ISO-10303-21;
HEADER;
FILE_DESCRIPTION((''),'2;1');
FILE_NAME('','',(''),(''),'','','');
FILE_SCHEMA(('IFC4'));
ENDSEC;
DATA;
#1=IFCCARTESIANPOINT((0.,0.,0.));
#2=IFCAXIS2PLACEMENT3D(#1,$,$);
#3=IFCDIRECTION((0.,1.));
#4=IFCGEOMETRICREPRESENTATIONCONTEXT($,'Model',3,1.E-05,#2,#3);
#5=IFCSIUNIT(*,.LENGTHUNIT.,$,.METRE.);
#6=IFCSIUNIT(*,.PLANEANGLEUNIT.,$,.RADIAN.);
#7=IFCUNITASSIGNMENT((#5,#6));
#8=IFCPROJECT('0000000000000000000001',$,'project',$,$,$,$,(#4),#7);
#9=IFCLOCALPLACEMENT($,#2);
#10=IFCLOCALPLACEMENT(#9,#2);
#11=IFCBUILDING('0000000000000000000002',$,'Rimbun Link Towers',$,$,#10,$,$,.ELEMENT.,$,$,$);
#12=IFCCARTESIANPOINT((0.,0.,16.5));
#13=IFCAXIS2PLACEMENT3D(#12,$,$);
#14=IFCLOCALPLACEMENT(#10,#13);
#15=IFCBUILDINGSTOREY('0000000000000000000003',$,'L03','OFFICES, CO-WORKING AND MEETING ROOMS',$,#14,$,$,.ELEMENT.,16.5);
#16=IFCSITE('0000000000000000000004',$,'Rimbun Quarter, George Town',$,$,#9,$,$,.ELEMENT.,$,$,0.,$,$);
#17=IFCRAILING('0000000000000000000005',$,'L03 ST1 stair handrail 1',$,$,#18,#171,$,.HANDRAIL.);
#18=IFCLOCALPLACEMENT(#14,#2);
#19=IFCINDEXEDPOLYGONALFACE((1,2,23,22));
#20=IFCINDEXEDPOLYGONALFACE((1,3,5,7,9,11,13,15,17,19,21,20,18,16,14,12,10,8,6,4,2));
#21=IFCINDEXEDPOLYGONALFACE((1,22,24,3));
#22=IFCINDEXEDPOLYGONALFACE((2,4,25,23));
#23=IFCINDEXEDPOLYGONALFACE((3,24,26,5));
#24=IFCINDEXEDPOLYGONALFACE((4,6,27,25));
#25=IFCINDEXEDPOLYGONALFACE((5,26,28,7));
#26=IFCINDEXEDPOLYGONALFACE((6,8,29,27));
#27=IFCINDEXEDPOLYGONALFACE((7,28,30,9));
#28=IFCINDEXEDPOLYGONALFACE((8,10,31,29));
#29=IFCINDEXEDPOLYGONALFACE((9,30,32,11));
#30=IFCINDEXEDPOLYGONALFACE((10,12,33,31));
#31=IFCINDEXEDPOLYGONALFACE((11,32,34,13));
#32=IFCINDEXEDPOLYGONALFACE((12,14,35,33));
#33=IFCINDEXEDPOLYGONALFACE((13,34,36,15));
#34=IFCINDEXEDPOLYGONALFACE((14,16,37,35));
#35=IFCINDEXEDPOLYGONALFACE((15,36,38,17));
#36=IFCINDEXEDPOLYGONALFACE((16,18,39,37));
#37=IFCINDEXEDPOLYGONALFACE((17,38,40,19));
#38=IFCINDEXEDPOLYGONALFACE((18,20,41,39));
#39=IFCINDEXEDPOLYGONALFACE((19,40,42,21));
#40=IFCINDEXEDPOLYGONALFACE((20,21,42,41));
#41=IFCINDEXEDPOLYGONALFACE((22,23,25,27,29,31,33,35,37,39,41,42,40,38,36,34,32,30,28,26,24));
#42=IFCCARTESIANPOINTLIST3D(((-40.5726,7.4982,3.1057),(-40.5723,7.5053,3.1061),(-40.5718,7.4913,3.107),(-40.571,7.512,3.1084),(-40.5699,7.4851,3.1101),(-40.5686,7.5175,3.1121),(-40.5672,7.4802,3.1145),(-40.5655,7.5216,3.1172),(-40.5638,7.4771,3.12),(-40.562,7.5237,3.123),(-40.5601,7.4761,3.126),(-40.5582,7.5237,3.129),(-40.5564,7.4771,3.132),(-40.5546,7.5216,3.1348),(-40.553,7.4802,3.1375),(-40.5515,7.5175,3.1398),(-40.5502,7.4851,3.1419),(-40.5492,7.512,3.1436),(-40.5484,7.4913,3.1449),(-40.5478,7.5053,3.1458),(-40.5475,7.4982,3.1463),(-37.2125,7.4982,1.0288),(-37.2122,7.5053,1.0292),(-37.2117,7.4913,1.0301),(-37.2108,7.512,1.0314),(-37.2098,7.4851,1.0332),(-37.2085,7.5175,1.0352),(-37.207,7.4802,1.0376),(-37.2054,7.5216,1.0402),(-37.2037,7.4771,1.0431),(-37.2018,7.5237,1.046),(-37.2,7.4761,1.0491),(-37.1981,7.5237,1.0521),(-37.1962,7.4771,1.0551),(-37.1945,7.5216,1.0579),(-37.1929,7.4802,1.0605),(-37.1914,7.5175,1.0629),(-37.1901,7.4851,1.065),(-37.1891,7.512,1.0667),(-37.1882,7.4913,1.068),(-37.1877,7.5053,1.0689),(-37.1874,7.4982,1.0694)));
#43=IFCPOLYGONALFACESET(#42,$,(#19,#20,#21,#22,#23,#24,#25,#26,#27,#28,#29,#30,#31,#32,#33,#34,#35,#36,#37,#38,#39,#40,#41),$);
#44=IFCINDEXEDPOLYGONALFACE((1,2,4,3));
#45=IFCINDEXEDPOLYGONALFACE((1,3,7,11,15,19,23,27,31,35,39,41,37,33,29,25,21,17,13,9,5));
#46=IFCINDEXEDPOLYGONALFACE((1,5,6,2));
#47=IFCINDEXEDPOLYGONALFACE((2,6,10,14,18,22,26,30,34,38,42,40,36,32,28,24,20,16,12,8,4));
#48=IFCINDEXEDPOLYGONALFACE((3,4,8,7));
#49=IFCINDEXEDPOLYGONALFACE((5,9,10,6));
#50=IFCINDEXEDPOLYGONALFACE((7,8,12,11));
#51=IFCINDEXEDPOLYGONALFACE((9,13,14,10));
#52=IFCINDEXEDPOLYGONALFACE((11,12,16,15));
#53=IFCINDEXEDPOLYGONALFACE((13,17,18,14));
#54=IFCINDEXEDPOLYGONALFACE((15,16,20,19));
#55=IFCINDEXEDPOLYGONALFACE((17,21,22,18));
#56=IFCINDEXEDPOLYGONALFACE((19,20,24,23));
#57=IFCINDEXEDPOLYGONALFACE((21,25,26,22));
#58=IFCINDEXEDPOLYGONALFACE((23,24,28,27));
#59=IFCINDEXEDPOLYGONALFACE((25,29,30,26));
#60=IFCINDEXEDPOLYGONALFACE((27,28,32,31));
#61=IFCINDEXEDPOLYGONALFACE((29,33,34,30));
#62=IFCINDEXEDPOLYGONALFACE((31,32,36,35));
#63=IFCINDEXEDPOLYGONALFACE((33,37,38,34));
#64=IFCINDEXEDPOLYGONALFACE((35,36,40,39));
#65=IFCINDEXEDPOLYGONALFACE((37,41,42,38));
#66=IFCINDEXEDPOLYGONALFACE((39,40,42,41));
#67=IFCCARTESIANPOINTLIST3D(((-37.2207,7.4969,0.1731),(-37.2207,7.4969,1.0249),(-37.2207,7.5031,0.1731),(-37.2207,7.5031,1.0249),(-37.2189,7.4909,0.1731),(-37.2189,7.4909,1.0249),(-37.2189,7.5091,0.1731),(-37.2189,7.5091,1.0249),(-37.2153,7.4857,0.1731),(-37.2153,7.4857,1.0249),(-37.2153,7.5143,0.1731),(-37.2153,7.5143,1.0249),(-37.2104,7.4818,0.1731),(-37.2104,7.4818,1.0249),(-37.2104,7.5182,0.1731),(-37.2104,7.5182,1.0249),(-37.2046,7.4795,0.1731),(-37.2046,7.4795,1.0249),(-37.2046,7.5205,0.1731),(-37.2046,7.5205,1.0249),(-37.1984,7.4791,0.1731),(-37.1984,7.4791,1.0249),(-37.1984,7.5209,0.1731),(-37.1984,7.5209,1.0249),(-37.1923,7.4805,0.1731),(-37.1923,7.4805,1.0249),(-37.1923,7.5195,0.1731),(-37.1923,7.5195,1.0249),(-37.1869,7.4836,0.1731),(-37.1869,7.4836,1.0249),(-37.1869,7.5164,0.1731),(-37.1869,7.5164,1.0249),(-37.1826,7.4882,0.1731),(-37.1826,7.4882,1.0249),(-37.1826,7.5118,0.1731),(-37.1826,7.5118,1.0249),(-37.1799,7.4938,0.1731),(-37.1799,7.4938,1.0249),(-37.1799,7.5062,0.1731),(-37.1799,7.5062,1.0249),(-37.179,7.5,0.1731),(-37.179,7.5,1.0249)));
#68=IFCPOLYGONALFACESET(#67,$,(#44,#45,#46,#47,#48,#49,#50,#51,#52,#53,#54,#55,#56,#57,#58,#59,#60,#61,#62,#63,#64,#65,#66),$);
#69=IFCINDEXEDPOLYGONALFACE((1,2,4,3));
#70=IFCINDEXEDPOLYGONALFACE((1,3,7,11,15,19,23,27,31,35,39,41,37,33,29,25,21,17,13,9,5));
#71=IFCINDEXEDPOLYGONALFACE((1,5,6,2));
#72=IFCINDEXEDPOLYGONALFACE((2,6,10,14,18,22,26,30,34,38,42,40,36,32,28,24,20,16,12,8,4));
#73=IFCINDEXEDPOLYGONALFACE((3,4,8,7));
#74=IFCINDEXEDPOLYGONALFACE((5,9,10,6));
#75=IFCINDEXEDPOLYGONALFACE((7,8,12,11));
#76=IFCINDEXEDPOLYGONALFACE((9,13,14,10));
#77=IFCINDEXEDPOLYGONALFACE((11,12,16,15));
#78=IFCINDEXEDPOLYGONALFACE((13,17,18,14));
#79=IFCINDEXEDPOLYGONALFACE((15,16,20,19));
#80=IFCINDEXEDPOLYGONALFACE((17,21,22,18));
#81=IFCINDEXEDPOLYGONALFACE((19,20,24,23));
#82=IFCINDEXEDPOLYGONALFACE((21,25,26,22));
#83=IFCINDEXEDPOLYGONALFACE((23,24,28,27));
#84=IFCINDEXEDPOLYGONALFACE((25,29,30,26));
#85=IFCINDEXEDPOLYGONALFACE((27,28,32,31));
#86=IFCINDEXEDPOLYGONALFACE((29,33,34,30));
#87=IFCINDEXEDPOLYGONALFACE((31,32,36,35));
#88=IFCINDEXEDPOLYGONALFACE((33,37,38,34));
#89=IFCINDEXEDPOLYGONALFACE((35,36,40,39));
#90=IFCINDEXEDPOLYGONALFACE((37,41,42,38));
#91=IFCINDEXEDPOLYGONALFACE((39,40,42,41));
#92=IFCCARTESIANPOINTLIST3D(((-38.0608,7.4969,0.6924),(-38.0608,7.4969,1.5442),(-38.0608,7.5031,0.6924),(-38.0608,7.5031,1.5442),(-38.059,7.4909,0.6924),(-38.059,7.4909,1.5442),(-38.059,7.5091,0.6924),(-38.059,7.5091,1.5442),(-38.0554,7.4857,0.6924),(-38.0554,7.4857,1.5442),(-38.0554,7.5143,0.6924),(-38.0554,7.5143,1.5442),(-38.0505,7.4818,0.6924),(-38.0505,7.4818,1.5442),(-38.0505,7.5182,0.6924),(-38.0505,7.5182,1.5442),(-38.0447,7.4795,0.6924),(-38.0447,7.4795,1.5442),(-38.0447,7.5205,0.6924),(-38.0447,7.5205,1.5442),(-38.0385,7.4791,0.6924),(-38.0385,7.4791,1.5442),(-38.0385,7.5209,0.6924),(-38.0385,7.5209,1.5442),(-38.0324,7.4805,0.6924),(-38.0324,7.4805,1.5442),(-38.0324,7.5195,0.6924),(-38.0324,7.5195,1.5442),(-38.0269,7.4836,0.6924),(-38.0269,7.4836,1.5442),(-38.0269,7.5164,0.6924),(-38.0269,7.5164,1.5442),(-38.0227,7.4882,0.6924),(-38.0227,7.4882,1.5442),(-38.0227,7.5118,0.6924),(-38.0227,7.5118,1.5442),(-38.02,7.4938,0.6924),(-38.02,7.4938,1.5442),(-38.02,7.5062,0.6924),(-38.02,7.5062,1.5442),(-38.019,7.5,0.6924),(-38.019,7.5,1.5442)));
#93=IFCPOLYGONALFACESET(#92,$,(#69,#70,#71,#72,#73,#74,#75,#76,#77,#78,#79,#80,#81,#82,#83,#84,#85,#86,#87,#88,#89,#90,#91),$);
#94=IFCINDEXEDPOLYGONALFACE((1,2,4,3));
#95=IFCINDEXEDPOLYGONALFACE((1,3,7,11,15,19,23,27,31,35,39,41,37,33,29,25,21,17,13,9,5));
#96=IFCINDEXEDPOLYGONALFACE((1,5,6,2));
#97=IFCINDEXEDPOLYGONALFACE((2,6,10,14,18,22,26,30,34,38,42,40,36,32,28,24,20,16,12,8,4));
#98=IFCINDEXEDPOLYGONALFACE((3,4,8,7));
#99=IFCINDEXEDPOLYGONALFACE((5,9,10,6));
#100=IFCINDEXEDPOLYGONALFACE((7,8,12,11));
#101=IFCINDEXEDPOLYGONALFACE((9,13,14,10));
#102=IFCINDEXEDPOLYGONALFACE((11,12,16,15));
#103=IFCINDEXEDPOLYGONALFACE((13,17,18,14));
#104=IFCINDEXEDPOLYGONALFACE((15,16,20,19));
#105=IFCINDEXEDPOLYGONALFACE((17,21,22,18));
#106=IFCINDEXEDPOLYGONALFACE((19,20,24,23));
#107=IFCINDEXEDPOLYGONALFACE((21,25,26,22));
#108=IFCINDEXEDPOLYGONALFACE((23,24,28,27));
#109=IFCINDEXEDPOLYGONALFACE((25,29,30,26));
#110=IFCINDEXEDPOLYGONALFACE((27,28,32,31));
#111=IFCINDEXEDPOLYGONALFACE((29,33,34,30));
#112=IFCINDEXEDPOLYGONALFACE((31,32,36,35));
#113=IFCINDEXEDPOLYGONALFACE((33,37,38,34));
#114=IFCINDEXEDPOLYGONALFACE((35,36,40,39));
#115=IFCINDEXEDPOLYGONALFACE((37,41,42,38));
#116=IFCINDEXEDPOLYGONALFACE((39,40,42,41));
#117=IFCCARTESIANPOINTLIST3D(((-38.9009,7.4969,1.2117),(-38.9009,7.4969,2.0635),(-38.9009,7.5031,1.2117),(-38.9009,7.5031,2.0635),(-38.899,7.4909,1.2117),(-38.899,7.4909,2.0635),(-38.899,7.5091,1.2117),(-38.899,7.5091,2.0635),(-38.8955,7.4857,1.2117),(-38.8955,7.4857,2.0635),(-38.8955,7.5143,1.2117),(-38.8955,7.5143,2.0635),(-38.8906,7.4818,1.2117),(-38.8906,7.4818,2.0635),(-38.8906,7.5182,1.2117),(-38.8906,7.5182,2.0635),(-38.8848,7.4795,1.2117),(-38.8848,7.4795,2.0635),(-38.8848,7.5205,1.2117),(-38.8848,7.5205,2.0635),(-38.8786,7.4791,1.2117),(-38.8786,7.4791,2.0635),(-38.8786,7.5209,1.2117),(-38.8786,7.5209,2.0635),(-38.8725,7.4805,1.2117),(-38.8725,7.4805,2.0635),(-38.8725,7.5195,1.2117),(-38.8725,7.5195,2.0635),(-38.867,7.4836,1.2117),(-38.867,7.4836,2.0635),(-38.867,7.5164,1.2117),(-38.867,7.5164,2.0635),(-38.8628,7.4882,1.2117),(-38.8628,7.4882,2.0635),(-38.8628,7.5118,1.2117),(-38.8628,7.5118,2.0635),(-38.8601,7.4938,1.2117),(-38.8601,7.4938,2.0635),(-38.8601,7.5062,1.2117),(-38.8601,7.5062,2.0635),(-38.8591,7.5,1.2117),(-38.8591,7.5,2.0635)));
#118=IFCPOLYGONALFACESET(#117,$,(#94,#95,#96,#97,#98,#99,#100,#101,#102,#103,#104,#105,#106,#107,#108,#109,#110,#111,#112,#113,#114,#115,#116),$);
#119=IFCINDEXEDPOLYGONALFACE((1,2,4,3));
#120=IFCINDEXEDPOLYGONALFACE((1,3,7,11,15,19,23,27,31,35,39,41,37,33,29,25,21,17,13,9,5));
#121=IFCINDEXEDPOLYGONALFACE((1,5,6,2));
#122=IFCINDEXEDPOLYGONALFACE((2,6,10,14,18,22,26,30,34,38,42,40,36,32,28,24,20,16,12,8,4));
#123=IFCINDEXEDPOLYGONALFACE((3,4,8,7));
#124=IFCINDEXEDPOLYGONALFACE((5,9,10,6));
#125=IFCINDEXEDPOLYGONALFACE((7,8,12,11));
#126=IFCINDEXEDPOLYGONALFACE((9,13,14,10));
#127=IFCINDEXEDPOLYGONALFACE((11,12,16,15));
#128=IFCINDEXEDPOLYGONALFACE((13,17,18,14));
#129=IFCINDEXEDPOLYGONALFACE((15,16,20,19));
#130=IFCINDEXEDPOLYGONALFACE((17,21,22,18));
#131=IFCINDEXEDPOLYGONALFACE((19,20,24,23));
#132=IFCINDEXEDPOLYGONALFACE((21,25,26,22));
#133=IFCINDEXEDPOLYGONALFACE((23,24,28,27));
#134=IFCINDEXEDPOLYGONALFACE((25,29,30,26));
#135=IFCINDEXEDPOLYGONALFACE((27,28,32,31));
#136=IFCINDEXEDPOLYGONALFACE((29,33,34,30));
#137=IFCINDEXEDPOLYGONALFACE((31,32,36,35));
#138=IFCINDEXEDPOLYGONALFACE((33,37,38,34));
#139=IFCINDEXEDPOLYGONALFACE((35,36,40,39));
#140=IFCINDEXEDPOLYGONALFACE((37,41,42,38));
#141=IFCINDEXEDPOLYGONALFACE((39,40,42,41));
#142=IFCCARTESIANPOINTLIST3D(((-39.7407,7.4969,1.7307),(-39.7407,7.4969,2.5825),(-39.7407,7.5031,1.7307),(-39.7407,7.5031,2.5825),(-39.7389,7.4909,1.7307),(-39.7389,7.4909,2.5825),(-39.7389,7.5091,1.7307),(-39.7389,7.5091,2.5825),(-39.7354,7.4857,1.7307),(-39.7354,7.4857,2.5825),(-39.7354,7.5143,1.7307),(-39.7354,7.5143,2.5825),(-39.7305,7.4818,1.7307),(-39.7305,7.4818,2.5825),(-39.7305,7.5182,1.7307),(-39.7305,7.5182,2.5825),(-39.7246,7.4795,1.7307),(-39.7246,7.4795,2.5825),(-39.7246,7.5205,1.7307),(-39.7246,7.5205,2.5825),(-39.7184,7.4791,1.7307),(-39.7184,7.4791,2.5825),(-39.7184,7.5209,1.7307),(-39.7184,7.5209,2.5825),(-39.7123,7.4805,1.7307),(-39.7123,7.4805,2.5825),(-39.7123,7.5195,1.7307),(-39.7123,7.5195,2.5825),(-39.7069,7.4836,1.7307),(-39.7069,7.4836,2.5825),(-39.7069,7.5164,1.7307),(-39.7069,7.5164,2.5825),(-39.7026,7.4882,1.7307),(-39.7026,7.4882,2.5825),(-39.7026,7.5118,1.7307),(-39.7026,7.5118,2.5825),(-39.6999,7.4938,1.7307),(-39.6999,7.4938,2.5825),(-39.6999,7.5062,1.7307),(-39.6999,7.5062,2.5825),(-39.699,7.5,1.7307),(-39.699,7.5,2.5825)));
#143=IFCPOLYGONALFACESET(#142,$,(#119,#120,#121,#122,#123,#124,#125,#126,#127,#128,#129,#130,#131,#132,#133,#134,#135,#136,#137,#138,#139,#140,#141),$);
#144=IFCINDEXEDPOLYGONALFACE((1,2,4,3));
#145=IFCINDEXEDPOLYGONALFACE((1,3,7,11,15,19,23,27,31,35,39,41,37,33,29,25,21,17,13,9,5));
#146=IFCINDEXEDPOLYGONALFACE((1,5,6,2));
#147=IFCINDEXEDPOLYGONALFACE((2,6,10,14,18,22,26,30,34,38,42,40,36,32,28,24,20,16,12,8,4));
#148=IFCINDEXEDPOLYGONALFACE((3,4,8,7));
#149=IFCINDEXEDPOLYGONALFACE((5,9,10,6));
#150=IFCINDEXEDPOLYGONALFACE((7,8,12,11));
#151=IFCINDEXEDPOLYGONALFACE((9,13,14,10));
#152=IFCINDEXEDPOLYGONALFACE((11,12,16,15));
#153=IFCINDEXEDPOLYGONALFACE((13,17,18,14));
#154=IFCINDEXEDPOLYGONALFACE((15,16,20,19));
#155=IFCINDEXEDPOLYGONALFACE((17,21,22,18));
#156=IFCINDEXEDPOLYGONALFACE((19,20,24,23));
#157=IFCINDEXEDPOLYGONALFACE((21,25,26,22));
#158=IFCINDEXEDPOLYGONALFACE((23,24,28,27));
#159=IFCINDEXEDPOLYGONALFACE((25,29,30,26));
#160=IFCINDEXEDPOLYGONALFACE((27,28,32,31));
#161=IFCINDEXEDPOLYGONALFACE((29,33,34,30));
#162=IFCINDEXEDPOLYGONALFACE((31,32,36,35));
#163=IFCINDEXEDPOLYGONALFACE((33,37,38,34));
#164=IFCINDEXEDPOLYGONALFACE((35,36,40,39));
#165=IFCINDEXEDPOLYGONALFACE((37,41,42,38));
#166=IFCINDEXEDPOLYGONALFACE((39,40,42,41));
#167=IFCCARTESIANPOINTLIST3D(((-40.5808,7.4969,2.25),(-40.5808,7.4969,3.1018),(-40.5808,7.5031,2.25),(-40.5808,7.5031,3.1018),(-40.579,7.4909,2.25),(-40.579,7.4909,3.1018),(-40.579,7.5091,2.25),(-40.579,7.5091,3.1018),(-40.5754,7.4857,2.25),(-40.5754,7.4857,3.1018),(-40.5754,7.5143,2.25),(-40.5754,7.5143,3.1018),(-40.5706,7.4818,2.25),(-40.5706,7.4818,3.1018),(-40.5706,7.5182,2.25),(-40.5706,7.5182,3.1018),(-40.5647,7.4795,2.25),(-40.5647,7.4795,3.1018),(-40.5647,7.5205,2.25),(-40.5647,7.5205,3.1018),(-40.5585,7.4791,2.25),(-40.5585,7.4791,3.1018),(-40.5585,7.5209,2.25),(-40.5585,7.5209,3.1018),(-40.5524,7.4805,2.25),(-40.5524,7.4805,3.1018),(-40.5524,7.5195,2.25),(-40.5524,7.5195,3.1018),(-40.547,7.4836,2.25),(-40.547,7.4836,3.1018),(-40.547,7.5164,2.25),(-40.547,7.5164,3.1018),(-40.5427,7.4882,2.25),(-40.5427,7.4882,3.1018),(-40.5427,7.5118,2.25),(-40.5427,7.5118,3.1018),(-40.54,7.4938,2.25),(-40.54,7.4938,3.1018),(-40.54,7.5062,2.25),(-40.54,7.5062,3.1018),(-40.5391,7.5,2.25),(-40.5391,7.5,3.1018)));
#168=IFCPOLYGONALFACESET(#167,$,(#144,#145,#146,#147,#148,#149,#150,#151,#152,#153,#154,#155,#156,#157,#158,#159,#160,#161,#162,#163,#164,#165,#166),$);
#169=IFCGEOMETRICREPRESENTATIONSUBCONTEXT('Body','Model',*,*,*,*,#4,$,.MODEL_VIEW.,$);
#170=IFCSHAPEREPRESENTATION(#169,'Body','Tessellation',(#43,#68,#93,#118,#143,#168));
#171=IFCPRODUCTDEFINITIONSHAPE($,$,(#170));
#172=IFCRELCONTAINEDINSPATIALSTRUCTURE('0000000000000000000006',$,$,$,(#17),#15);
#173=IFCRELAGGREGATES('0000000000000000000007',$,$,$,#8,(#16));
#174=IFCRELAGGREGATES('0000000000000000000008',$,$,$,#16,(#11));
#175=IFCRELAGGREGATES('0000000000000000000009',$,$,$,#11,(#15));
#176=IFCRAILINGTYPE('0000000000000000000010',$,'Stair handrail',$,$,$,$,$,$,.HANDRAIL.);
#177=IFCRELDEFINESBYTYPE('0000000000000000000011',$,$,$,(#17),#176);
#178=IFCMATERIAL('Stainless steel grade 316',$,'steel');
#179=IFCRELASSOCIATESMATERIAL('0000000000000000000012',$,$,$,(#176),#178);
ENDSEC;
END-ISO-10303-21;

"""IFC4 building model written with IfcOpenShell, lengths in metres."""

from ifc_helpers import new_model, si_unit, direction, frame, origin, origin_2d, place, context, subcontext, project, spatial, circle, extrude, material, type_object, element, save


model = new_model("IFC4")

# Units and contexts
model_context = context("Model", 3, precision=1e-05, world=origin(), true_north=direction((0.0, 1.0)))
body_context = subcontext(model_context, "Body", "Model", "MODEL_VIEW")
ifc_project = project(units=[si_unit("LENGTHUNIT", "METRE"), si_unit("PLANEANGLEUNIT", "RADIAN")], contexts=[model_context])

# Site, building, storey
site_placement = place(None, origin())
site = spatial("IfcSite", under=ifc_project, at=site_placement, Name="Rimbun Quarter, George Town", CompositionType="ELEMENT", RefElevation=0.0)
building_placement = place(site_placement, origin())
building = spatial("IfcBuilding", under=site, at=building_placement, Name="Rimbun Link Towers", CompositionType="ELEMENT")
storey_placement = place(building_placement, frame((0.0, 0.0, 16.5)))
storey = spatial("IfcBuildingStorey", under=building, at=storey_placement, Name="L03", Description="OFFICES, CO-WORKING AND MEETING ROOMS", CompositionType="ELEMENT", Elevation=16.5)

# Railing
ifc_material_1 = material(Name="Stainless steel grade 316", Category="steel")
railing_type_1 = type_object("IfcRailingType", Name="Stair handrail", PredefinedType="HANDRAIL", material=ifc_material_1)
railing_1_placement = place(storey_placement, frame((-37.2, 7.5, 0.1731)))
element("IfcRailing", 1, at=railing_1_placement, inside=storey, type_object=railing_type_1, Name="L03 ST1 stair handrail 1", PredefinedType="HANDRAIL", context=body_context, shape_type="SweptSolid", body=[
    extrude(circle(Radius=0.0239, at=origin_2d()), frame((0.0, 0.0, 0.876), z_axis=(-0.850623, 0.0, 0.525776), x_axis=(0.0, -1.0, 0.0)), (0.0, 0.0, 1.0), 3.9502),
    extrude(circle(Radius=0.021, at=origin_2d()), origin(), (0.0, 0.0, 1.0), 0.8518),
    extrude(circle(Radius=0.021, at=origin_2d()), frame((-0.8401, 0.0, 0.5193)), (0.0, 0.0, 1.0), 0.8518),
    extrude(circle(Radius=0.021, at=origin_2d()), frame((-1.6802, 0.0, 1.0386)), (0.0, 0.0, 1.0), 0.8518),
    extrude(circle(Radius=0.021, at=origin_2d()), frame((-2.52, 0.0, 1.5576)), (0.0, 0.0, 1.0), 0.8518),
    extrude(circle(Radius=0.021, at=origin_2d()), frame((-3.3601, 0.0, 2.0769)), (0.0, 0.0, 1.0), 0.8518),
])

save(model, "model.ifc")
